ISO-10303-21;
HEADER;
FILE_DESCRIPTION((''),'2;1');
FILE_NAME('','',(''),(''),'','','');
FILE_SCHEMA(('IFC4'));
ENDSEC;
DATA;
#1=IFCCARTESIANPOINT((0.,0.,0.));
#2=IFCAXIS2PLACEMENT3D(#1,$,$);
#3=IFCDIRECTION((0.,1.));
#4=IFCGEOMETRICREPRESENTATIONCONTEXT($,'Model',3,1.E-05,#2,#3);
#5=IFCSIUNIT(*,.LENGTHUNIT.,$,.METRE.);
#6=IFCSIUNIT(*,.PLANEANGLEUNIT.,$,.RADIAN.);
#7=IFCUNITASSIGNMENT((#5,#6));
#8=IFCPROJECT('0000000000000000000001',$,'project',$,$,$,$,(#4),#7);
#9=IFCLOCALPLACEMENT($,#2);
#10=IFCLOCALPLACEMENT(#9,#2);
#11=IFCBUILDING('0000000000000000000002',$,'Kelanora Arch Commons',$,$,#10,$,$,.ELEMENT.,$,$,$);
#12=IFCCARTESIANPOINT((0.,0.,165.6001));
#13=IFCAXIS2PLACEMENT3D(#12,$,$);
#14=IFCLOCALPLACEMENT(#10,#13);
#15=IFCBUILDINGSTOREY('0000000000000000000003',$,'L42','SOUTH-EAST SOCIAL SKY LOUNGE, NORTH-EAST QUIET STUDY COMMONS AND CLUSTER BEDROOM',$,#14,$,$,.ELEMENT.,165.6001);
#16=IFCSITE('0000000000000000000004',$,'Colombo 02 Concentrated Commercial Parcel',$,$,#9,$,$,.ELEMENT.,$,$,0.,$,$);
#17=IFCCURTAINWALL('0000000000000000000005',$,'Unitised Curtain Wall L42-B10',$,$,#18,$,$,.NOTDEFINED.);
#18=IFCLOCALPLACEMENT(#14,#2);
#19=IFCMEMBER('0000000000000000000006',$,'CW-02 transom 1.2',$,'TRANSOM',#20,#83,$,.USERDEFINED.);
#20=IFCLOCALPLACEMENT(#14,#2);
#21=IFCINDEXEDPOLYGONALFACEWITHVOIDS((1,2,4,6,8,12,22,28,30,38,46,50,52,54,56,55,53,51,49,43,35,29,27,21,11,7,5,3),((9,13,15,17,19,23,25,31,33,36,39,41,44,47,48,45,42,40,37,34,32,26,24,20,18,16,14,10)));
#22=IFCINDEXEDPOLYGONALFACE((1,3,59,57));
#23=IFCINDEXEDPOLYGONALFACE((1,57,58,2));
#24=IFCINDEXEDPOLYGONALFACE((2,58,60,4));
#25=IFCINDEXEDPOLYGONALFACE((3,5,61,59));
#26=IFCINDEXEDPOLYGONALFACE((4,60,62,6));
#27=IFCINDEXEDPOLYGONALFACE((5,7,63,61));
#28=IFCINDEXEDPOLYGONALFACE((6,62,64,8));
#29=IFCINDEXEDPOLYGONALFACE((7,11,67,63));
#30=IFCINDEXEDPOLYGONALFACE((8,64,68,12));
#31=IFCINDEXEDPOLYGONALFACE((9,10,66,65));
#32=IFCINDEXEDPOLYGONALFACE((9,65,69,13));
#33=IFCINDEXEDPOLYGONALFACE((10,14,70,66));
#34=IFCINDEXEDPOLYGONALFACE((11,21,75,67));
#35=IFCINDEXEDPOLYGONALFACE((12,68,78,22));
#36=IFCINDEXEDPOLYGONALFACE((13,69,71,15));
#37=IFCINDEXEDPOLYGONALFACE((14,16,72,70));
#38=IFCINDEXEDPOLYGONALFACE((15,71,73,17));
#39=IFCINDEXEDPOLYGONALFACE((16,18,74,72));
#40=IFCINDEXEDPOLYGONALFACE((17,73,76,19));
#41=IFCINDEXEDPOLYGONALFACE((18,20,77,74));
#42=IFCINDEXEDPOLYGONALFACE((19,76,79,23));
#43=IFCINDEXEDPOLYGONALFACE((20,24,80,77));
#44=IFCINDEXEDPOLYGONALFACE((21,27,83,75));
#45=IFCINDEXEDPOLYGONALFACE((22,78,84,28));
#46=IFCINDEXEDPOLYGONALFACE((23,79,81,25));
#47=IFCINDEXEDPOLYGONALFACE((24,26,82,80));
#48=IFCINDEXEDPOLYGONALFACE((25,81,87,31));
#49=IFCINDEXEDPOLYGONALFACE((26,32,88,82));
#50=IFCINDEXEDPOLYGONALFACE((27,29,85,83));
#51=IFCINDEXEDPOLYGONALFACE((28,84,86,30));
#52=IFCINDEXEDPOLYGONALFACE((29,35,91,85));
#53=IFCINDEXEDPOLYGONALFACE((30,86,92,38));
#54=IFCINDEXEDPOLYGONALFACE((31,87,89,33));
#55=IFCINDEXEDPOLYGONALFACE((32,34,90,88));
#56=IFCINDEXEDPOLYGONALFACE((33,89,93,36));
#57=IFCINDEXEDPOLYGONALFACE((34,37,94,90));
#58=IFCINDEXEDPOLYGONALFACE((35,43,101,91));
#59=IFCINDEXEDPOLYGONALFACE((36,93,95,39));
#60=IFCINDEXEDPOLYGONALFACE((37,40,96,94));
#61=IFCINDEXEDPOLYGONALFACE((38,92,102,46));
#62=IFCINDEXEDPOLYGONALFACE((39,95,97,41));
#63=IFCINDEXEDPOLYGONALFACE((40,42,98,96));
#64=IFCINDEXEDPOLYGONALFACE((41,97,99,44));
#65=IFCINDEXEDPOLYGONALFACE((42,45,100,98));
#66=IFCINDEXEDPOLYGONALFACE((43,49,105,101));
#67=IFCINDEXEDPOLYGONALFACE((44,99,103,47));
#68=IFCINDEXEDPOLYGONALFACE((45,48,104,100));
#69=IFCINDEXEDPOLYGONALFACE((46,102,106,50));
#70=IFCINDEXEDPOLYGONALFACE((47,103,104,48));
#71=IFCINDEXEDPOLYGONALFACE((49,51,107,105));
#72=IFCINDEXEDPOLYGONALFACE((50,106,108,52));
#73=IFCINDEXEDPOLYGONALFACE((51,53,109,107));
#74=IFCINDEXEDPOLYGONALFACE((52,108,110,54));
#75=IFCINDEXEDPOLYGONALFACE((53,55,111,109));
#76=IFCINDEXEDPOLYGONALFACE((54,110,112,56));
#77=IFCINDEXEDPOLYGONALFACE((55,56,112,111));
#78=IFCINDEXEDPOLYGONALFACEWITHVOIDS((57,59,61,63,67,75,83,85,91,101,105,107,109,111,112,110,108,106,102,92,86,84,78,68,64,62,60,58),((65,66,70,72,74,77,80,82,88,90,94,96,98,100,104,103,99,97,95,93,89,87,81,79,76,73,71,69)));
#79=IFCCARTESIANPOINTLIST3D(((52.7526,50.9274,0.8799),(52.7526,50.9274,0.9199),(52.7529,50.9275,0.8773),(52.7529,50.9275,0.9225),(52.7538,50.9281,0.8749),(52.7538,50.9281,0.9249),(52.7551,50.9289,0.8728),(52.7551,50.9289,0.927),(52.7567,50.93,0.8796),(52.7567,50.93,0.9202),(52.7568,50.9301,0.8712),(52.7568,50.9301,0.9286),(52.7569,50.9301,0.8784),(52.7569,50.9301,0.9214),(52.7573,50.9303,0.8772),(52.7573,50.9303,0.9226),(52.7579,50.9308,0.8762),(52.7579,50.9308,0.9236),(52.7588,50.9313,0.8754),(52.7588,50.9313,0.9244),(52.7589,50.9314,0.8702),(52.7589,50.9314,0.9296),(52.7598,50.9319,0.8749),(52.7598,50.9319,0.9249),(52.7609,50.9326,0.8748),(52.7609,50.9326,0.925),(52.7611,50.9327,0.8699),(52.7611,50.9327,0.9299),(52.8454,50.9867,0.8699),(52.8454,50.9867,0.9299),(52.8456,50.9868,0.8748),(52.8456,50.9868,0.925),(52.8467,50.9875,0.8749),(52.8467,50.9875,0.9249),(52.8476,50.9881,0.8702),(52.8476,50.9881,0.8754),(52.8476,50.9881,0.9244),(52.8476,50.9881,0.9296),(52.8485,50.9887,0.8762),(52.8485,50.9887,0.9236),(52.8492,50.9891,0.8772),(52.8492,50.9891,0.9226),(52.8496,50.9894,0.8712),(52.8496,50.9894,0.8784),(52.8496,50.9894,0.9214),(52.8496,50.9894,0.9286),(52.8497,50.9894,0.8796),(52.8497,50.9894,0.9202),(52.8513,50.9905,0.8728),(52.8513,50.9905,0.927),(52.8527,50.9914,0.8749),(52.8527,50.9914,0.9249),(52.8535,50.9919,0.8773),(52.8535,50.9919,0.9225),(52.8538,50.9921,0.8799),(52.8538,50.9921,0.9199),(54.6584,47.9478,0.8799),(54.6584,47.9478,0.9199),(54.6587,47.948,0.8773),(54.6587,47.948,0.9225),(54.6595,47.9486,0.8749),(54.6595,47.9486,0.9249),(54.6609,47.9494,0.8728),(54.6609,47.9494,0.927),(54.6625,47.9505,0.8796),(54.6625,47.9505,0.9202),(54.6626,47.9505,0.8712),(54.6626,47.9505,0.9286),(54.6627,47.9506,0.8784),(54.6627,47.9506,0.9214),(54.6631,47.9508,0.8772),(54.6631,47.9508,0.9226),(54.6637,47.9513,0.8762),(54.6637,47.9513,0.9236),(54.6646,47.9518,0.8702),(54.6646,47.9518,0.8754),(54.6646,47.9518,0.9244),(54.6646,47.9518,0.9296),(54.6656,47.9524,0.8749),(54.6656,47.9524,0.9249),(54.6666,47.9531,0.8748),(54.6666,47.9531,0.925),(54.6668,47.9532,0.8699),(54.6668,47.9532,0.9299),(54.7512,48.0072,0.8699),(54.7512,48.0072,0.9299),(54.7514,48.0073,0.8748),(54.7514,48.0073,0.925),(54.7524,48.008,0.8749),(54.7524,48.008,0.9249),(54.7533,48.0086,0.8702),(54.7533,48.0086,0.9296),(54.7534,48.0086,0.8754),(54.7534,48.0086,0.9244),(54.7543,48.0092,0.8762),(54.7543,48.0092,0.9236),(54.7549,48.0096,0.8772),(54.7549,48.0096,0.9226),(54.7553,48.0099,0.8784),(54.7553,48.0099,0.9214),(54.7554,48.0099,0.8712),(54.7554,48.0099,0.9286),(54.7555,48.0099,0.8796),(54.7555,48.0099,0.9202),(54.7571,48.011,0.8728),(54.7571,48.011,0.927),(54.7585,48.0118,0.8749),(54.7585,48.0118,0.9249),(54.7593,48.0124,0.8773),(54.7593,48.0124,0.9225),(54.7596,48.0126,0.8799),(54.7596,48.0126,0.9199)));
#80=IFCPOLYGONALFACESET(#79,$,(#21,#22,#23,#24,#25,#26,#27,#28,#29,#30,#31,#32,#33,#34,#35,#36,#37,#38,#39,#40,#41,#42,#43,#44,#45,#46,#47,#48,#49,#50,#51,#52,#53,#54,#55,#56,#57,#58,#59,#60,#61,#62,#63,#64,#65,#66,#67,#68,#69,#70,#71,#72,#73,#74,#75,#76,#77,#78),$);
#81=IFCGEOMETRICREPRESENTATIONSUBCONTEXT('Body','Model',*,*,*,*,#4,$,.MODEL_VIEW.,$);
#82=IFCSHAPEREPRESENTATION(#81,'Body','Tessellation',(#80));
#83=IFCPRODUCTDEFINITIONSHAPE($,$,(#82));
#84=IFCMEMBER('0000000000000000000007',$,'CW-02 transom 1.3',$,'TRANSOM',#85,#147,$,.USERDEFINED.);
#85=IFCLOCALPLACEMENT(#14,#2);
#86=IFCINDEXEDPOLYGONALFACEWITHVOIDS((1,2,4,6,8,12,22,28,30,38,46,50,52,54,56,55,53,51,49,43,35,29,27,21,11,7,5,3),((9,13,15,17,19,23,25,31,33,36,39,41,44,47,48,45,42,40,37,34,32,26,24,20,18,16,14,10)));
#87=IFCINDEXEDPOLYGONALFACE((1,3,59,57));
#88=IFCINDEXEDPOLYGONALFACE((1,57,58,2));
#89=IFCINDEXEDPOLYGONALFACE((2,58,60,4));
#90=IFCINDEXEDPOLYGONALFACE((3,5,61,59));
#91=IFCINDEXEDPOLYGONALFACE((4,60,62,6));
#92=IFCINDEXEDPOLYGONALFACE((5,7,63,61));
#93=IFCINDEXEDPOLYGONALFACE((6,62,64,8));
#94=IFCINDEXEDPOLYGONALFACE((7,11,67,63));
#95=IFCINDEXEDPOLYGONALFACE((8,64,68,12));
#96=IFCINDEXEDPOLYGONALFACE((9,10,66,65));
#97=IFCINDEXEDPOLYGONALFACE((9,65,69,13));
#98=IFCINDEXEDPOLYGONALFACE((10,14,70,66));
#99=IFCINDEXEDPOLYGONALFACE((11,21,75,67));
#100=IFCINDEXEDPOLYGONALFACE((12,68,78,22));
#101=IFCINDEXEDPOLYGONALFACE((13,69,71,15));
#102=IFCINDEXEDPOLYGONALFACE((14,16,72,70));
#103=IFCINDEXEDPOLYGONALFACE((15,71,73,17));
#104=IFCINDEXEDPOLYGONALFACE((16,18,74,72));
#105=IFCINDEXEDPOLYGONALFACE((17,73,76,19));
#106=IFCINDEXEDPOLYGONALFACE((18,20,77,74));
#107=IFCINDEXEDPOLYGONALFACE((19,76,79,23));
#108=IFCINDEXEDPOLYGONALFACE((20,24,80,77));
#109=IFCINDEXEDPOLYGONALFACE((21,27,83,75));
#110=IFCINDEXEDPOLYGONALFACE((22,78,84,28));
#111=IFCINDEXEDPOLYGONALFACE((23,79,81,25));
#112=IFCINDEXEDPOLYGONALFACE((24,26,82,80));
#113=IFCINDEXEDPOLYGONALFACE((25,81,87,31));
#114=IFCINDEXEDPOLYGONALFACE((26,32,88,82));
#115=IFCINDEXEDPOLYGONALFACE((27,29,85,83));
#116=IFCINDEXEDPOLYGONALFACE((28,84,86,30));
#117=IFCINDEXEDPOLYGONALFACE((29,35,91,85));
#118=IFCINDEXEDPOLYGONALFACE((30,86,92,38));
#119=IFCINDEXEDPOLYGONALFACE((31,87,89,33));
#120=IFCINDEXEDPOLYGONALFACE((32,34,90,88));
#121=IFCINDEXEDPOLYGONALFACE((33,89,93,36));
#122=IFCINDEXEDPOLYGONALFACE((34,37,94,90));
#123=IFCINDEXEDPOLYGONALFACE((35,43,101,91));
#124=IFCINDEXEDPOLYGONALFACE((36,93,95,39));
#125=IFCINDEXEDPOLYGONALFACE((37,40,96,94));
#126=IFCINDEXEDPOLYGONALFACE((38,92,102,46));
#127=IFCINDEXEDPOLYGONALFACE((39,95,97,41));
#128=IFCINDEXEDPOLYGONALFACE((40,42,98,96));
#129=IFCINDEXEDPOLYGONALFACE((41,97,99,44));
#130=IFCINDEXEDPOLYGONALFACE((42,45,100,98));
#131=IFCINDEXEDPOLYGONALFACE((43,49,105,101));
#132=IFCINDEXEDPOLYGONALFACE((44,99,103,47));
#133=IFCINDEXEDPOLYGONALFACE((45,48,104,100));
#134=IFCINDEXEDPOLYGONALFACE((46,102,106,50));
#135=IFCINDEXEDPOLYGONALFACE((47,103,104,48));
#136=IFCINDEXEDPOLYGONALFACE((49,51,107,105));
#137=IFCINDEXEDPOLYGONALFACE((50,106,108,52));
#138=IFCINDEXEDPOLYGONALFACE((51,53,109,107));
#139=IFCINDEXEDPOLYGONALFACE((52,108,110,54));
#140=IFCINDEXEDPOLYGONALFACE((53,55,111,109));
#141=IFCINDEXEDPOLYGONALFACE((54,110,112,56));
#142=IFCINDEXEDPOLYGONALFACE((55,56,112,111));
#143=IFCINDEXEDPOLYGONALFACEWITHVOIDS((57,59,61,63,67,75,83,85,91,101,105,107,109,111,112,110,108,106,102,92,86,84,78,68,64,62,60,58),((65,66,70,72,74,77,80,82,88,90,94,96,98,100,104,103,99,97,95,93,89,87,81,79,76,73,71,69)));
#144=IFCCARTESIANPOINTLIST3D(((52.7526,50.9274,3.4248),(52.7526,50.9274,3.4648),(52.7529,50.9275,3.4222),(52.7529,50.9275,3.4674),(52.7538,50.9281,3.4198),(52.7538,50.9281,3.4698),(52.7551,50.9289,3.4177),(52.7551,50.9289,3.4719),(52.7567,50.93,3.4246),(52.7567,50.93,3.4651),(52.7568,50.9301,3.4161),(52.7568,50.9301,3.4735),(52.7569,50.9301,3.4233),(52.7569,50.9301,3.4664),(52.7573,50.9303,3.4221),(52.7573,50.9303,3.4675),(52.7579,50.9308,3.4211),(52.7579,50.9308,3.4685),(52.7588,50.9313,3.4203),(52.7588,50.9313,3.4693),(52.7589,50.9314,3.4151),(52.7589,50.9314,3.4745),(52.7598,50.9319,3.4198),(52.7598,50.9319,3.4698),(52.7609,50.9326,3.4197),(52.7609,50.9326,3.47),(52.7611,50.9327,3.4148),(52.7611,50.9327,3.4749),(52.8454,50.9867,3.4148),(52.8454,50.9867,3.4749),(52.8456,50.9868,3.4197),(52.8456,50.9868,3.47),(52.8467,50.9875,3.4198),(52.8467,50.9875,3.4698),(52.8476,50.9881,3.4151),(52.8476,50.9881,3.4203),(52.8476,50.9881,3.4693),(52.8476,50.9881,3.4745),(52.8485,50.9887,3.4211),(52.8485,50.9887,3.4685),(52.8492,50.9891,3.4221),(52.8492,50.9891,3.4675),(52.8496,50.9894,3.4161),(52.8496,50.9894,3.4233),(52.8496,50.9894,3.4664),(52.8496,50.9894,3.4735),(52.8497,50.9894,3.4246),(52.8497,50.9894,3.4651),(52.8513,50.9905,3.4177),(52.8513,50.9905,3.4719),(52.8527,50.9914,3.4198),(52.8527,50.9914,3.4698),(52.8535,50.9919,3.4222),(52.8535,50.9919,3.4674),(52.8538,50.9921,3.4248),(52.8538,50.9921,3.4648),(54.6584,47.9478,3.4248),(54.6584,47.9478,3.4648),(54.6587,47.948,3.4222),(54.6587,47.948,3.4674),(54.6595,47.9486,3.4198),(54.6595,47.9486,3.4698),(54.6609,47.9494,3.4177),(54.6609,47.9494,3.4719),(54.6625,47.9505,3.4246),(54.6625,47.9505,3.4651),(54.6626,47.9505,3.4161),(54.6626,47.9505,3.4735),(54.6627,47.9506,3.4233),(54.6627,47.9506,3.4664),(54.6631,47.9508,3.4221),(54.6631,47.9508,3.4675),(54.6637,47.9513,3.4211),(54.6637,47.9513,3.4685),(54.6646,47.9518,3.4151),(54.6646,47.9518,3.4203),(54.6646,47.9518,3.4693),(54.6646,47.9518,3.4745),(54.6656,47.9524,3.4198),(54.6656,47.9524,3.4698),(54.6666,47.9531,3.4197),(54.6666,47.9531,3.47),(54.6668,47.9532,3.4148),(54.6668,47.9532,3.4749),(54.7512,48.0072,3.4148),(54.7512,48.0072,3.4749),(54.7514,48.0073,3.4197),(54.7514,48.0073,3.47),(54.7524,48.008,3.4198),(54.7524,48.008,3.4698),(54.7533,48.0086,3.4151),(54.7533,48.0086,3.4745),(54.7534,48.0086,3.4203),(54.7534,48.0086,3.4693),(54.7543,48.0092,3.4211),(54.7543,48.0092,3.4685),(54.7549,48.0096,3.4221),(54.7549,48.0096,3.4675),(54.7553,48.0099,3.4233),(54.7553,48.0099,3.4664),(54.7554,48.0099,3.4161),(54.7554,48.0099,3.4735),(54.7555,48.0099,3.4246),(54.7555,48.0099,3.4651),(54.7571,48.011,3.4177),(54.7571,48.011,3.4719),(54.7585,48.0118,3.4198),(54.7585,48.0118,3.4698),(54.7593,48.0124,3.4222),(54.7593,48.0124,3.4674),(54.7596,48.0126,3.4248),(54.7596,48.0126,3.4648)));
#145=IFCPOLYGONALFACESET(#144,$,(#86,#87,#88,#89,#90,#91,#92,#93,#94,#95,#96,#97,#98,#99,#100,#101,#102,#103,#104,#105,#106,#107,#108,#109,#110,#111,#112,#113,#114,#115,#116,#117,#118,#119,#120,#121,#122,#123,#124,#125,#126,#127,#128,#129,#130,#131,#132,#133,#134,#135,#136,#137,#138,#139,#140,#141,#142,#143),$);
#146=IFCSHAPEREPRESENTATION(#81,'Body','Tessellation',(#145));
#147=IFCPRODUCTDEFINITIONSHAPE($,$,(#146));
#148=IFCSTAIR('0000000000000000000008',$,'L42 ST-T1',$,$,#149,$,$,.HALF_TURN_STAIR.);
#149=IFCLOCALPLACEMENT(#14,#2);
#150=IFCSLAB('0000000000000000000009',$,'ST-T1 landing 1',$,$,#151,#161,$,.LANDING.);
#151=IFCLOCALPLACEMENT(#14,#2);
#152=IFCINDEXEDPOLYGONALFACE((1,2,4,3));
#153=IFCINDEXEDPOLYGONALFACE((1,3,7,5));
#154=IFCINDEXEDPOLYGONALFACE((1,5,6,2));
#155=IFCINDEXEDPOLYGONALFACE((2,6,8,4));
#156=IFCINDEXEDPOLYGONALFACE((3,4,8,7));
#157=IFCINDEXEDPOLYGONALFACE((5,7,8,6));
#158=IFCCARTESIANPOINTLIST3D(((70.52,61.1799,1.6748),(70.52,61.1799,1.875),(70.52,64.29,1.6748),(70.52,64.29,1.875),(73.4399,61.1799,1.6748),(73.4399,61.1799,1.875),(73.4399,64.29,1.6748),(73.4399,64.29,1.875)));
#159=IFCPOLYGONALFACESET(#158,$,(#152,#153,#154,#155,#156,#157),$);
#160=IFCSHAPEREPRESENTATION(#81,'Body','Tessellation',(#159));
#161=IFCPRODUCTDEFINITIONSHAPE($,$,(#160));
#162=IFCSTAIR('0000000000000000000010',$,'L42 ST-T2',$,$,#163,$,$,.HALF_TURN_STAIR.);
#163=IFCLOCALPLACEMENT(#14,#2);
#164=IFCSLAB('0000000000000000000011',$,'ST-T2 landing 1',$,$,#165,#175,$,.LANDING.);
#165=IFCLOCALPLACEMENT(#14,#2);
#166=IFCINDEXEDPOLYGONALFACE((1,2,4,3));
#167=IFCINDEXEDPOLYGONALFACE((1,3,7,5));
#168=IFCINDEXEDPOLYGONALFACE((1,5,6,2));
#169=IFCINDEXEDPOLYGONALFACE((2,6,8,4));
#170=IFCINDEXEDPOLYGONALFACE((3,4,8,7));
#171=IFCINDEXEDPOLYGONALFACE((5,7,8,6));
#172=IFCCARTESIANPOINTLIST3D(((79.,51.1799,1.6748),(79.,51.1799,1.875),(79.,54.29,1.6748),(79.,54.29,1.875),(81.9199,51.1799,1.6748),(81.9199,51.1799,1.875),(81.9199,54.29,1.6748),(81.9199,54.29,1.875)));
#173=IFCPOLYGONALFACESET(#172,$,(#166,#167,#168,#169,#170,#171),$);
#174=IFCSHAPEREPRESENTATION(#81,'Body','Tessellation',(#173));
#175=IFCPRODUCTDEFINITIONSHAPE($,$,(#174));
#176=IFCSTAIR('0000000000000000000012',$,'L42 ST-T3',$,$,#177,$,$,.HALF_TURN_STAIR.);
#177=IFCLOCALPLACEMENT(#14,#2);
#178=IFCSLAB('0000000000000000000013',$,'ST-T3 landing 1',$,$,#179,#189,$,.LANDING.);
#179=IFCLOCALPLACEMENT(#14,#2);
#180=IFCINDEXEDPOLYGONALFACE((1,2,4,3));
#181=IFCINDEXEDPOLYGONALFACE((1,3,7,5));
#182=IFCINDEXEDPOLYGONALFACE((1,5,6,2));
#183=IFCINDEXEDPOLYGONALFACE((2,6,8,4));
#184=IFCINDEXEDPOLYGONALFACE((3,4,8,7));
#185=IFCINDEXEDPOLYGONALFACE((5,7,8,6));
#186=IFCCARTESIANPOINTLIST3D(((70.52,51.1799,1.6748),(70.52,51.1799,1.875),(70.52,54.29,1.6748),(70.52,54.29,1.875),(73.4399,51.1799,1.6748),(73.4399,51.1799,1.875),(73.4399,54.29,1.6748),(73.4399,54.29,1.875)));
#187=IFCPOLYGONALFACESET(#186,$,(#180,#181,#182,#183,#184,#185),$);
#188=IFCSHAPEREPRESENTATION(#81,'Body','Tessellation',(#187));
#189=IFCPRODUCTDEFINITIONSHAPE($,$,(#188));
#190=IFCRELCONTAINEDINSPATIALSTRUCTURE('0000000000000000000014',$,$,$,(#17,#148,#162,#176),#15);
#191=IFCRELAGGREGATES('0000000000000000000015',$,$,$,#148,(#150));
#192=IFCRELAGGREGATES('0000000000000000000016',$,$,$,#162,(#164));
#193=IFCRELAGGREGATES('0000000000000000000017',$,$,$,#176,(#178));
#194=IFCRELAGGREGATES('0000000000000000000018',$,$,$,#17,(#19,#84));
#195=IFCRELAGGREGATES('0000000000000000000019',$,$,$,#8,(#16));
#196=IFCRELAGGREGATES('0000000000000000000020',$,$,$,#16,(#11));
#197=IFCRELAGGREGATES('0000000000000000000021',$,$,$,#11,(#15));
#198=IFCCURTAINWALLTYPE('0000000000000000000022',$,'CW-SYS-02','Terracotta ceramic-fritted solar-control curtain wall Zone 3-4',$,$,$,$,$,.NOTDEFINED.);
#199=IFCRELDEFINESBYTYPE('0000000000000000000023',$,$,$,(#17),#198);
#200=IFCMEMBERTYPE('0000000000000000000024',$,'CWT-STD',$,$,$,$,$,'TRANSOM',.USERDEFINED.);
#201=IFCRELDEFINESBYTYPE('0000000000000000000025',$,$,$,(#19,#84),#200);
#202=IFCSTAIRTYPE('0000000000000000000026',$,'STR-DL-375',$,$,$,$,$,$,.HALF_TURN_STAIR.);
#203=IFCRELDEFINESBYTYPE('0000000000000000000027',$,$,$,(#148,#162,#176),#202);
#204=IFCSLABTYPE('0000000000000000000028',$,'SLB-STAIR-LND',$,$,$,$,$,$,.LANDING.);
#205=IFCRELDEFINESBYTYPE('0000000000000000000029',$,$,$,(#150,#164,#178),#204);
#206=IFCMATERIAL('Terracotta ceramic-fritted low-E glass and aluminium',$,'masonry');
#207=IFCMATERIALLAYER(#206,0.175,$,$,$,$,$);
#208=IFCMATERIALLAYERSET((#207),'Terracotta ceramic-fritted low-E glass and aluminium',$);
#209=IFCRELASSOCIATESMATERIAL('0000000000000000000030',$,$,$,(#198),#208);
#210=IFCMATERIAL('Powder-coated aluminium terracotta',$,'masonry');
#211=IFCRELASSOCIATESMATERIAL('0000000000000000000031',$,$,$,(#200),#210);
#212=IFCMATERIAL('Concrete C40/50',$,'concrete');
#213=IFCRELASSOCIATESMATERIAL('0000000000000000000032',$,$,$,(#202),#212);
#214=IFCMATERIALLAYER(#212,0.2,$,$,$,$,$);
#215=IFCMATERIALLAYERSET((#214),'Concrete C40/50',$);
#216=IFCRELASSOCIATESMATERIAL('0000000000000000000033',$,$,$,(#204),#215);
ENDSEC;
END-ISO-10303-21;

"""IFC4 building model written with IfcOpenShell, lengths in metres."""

from ifc_helpers import new_model, si_unit, direction, frame, origin, origin_2d, place, context, subcontext, project, spatial, polyline, hollow_rectangle, outline, extrude, material, layer, layer_set, material_profile, profile_set, type_object, element, aggregate, save


model = new_model("IFC4")

# Units and contexts
model_context = context("Model", 3, precision=1e-05, world=origin(), true_north=direction((0.0, 1.0)))
body_context = subcontext(model_context, "Body", "Model", "MODEL_VIEW")
ifc_project = project(units=[si_unit("LENGTHUNIT", "METRE"), si_unit("PLANEANGLEUNIT", "RADIAN")], contexts=[model_context])

# Site, building, storey
site_placement = place(None, origin())
site = spatial("IfcSite", under=ifc_project, at=site_placement, Name="Colombo 02 Concentrated Commercial Parcel", CompositionType="ELEMENT", RefElevation=0.0)
building_placement = place(site_placement, origin())
building = spatial("IfcBuilding", under=site, at=building_placement, Name="Kelanora Arch Commons", CompositionType="ELEMENT")
storey_placement = place(building_placement, frame((0.0, 0.0, 165.6001)))
storey = spatial("IfcBuildingStorey", under=building, at=storey_placement, Name="L42", Description="SOUTH-EAST SOCIAL SKY LOUNGE, NORTH-EAST QUIET STUDY COMMONS AND CLUSTER BEDROOM", CompositionType="ELEMENT", Elevation=165.6001)

# Shared definitions
ifc_material_1 = material(Name="Terracotta ceramic-fritted low-E glass and aluminium", Category="masonry")
ifc_layer_1 = layer(ifc_material_1, 0.175)
ifc_layer_set_1 = layer_set([ifc_layer_1], Name="Terracotta ceramic-fritted low-E glass and aluminium")
curtain_wall_type = type_object("IfcCurtainWallType", Name="CW-SYS-02", Description="Terracotta ceramic-fritted solar-control curtain wall Zone 3-4", PredefinedType="NOTDEFINED", material=ifc_layer_set_1)
ifc_material_2 = material(Name="Powder-coated aluminium terracotta", Category="masonry")

# Curtain wall, members
curtain_wall_1_placement = place(storey_placement, origin())
curtain_wall_1 = element("IfcCurtainWall", 1, at=curtain_wall_1_placement, inside=storey, type_object=curtain_wall_type, Name="Unitised Curtain Wall L42-B10", PredefinedType="NOTDEFINED")
ifc_material_profile_1 = material_profile(ifc_material_2, hollow_rectangle(XDim=0.1201, YDim=0.0601, WallThickness=0.0049, InnerFilletRadius=0.0049, OuterFilletRadius=0.01, at=origin_2d()), Name="CWT120x60")
ifc_profile_set_1 = profile_set([ifc_material_profile_1], Name="Powder-coated aluminium terracotta")
member_type_1 = type_object("IfcMemberType", Name="CWT-STD", ElementType="TRANSOM", PredefinedType="USERDEFINED", material=ifc_profile_set_1)
member_1_placement = place(storey_placement, frame((52.8032, 50.9597, 0.8999), z_axis=(0.53883, -0.842414, 0.0), x_axis=(0.842414, 0.53883, 0.0)))
member_1 = element("IfcMember", 2, at=member_1_placement, type_object=member_type_1, Name="CW-02 transom 1.2", ObjectType="TRANSOM", PredefinedType="USERDEFINED", context=body_context, shape_type="SweptSolid", body=[
    extrude(hollow_rectangle(XDim=0.1201, YDim=0.0601, WallThickness=0.0049, InnerFilletRadius=0.0049, OuterFilletRadius=0.01, at=origin_2d()), origin(), (0.0, 0.0, 1.0), 3.5369),
])
member_2_placement = place(storey_placement, frame((52.8032, 50.9597, 3.4448), z_axis=(0.53883, -0.842414, 0.0), x_axis=(0.842414, 0.53883, 0.0)))
member_2 = element("IfcMember", 3, at=member_2_placement, type_object=member_type_1, Name="CW-02 transom 1.3", ObjectType="TRANSOM", PredefinedType="USERDEFINED", context=body_context, shape_type="SweptSolid", body=[
    extrude(hollow_rectangle(XDim=0.1201, YDim=0.0601, WallThickness=0.0049, InnerFilletRadius=0.0049, OuterFilletRadius=0.01, at=origin_2d()), origin(), (0.0, 0.0, 1.0), 3.5369),
])

# Stairs, slabs
ifc_material_3 = material(Name="Concrete C40/50", Category="concrete")
stair_type = type_object("IfcStairType", Name="STR-DL-375", PredefinedType="HALF_TURN_STAIR", material=ifc_material_3)
stair_1_placement = place(storey_placement, origin())
stair_1 = element("IfcStair", 4, at=stair_1_placement, inside=storey, type_object=stair_type, Name="L42 ST-T1", PredefinedType="HALF_TURN_STAIR")
ifc_layer_2 = layer(ifc_material_3, 0.2)
ifc_layer_set_2 = layer_set([ifc_layer_2], Name="Concrete C40/50")
slab_type_1 = type_object("IfcSlabType", Name="SLB-STAIR-LND", PredefinedType="LANDING", material=ifc_layer_set_2)
slab_1_placement = place(storey_placement, frame((0.0, 0.0, 1.6748)))
slab_1 = element("IfcSlab", 5, at=slab_1_placement, type_object=slab_type_1, Name="ST-T1 landing 1", PredefinedType="LANDING", context=body_context, shape_type="SweptSolid", body=[
    extrude(outline(polyline([(70.52, 61.1799), (73.4399, 61.1799), (73.4399, 64.29), (70.52, 64.29), (70.52, 61.1799)])), origin(), (0.0, 0.0, 1.0), 0.2002),
])
aggregate(stair_1, [slab_1])
stair_2_placement = place(storey_placement, origin())
stair_2 = element("IfcStair", 6, at=stair_2_placement, inside=storey, type_object=stair_type, Name="L42 ST-T2", PredefinedType="HALF_TURN_STAIR")
slab_2_placement = place(storey_placement, frame((0.0, 0.0, 1.6748)))
slab_2 = element("IfcSlab", 7, at=slab_2_placement, type_object=slab_type_1, Name="ST-T2 landing 1", PredefinedType="LANDING", context=body_context, shape_type="SweptSolid", body=[
    extrude(outline(polyline([(79.0, 51.1799), (81.9199, 51.1799), (81.9199, 54.29), (79.0, 54.29), (79.0, 51.1799)])), origin(), (0.0, 0.0, 1.0), 0.2002),
])
aggregate(stair_2, [slab_2])
stair_3_placement = place(storey_placement, origin())
stair_3 = element("IfcStair", 8, at=stair_3_placement, inside=storey, type_object=stair_type, Name="L42 ST-T3", PredefinedType="HALF_TURN_STAIR")
slab_3_placement = place(storey_placement, frame((0.0, 0.0, 1.6748)))
slab_3 = element("IfcSlab", 9, at=slab_3_placement, type_object=slab_type_1, Name="ST-T3 landing 1", PredefinedType="LANDING", context=body_context, shape_type="SweptSolid", body=[
    extrude(outline(polyline([(70.52, 51.1799), (73.4399, 51.1799), (73.4399, 54.29), (70.52, 54.29), (70.52, 51.1799)])), origin(), (0.0, 0.0, 1.0), 0.2002),
])
aggregate(stair_3, [slab_3])

aggregate(curtain_wall_1, [member_1, member_2])

save(model, "model.ifc")
